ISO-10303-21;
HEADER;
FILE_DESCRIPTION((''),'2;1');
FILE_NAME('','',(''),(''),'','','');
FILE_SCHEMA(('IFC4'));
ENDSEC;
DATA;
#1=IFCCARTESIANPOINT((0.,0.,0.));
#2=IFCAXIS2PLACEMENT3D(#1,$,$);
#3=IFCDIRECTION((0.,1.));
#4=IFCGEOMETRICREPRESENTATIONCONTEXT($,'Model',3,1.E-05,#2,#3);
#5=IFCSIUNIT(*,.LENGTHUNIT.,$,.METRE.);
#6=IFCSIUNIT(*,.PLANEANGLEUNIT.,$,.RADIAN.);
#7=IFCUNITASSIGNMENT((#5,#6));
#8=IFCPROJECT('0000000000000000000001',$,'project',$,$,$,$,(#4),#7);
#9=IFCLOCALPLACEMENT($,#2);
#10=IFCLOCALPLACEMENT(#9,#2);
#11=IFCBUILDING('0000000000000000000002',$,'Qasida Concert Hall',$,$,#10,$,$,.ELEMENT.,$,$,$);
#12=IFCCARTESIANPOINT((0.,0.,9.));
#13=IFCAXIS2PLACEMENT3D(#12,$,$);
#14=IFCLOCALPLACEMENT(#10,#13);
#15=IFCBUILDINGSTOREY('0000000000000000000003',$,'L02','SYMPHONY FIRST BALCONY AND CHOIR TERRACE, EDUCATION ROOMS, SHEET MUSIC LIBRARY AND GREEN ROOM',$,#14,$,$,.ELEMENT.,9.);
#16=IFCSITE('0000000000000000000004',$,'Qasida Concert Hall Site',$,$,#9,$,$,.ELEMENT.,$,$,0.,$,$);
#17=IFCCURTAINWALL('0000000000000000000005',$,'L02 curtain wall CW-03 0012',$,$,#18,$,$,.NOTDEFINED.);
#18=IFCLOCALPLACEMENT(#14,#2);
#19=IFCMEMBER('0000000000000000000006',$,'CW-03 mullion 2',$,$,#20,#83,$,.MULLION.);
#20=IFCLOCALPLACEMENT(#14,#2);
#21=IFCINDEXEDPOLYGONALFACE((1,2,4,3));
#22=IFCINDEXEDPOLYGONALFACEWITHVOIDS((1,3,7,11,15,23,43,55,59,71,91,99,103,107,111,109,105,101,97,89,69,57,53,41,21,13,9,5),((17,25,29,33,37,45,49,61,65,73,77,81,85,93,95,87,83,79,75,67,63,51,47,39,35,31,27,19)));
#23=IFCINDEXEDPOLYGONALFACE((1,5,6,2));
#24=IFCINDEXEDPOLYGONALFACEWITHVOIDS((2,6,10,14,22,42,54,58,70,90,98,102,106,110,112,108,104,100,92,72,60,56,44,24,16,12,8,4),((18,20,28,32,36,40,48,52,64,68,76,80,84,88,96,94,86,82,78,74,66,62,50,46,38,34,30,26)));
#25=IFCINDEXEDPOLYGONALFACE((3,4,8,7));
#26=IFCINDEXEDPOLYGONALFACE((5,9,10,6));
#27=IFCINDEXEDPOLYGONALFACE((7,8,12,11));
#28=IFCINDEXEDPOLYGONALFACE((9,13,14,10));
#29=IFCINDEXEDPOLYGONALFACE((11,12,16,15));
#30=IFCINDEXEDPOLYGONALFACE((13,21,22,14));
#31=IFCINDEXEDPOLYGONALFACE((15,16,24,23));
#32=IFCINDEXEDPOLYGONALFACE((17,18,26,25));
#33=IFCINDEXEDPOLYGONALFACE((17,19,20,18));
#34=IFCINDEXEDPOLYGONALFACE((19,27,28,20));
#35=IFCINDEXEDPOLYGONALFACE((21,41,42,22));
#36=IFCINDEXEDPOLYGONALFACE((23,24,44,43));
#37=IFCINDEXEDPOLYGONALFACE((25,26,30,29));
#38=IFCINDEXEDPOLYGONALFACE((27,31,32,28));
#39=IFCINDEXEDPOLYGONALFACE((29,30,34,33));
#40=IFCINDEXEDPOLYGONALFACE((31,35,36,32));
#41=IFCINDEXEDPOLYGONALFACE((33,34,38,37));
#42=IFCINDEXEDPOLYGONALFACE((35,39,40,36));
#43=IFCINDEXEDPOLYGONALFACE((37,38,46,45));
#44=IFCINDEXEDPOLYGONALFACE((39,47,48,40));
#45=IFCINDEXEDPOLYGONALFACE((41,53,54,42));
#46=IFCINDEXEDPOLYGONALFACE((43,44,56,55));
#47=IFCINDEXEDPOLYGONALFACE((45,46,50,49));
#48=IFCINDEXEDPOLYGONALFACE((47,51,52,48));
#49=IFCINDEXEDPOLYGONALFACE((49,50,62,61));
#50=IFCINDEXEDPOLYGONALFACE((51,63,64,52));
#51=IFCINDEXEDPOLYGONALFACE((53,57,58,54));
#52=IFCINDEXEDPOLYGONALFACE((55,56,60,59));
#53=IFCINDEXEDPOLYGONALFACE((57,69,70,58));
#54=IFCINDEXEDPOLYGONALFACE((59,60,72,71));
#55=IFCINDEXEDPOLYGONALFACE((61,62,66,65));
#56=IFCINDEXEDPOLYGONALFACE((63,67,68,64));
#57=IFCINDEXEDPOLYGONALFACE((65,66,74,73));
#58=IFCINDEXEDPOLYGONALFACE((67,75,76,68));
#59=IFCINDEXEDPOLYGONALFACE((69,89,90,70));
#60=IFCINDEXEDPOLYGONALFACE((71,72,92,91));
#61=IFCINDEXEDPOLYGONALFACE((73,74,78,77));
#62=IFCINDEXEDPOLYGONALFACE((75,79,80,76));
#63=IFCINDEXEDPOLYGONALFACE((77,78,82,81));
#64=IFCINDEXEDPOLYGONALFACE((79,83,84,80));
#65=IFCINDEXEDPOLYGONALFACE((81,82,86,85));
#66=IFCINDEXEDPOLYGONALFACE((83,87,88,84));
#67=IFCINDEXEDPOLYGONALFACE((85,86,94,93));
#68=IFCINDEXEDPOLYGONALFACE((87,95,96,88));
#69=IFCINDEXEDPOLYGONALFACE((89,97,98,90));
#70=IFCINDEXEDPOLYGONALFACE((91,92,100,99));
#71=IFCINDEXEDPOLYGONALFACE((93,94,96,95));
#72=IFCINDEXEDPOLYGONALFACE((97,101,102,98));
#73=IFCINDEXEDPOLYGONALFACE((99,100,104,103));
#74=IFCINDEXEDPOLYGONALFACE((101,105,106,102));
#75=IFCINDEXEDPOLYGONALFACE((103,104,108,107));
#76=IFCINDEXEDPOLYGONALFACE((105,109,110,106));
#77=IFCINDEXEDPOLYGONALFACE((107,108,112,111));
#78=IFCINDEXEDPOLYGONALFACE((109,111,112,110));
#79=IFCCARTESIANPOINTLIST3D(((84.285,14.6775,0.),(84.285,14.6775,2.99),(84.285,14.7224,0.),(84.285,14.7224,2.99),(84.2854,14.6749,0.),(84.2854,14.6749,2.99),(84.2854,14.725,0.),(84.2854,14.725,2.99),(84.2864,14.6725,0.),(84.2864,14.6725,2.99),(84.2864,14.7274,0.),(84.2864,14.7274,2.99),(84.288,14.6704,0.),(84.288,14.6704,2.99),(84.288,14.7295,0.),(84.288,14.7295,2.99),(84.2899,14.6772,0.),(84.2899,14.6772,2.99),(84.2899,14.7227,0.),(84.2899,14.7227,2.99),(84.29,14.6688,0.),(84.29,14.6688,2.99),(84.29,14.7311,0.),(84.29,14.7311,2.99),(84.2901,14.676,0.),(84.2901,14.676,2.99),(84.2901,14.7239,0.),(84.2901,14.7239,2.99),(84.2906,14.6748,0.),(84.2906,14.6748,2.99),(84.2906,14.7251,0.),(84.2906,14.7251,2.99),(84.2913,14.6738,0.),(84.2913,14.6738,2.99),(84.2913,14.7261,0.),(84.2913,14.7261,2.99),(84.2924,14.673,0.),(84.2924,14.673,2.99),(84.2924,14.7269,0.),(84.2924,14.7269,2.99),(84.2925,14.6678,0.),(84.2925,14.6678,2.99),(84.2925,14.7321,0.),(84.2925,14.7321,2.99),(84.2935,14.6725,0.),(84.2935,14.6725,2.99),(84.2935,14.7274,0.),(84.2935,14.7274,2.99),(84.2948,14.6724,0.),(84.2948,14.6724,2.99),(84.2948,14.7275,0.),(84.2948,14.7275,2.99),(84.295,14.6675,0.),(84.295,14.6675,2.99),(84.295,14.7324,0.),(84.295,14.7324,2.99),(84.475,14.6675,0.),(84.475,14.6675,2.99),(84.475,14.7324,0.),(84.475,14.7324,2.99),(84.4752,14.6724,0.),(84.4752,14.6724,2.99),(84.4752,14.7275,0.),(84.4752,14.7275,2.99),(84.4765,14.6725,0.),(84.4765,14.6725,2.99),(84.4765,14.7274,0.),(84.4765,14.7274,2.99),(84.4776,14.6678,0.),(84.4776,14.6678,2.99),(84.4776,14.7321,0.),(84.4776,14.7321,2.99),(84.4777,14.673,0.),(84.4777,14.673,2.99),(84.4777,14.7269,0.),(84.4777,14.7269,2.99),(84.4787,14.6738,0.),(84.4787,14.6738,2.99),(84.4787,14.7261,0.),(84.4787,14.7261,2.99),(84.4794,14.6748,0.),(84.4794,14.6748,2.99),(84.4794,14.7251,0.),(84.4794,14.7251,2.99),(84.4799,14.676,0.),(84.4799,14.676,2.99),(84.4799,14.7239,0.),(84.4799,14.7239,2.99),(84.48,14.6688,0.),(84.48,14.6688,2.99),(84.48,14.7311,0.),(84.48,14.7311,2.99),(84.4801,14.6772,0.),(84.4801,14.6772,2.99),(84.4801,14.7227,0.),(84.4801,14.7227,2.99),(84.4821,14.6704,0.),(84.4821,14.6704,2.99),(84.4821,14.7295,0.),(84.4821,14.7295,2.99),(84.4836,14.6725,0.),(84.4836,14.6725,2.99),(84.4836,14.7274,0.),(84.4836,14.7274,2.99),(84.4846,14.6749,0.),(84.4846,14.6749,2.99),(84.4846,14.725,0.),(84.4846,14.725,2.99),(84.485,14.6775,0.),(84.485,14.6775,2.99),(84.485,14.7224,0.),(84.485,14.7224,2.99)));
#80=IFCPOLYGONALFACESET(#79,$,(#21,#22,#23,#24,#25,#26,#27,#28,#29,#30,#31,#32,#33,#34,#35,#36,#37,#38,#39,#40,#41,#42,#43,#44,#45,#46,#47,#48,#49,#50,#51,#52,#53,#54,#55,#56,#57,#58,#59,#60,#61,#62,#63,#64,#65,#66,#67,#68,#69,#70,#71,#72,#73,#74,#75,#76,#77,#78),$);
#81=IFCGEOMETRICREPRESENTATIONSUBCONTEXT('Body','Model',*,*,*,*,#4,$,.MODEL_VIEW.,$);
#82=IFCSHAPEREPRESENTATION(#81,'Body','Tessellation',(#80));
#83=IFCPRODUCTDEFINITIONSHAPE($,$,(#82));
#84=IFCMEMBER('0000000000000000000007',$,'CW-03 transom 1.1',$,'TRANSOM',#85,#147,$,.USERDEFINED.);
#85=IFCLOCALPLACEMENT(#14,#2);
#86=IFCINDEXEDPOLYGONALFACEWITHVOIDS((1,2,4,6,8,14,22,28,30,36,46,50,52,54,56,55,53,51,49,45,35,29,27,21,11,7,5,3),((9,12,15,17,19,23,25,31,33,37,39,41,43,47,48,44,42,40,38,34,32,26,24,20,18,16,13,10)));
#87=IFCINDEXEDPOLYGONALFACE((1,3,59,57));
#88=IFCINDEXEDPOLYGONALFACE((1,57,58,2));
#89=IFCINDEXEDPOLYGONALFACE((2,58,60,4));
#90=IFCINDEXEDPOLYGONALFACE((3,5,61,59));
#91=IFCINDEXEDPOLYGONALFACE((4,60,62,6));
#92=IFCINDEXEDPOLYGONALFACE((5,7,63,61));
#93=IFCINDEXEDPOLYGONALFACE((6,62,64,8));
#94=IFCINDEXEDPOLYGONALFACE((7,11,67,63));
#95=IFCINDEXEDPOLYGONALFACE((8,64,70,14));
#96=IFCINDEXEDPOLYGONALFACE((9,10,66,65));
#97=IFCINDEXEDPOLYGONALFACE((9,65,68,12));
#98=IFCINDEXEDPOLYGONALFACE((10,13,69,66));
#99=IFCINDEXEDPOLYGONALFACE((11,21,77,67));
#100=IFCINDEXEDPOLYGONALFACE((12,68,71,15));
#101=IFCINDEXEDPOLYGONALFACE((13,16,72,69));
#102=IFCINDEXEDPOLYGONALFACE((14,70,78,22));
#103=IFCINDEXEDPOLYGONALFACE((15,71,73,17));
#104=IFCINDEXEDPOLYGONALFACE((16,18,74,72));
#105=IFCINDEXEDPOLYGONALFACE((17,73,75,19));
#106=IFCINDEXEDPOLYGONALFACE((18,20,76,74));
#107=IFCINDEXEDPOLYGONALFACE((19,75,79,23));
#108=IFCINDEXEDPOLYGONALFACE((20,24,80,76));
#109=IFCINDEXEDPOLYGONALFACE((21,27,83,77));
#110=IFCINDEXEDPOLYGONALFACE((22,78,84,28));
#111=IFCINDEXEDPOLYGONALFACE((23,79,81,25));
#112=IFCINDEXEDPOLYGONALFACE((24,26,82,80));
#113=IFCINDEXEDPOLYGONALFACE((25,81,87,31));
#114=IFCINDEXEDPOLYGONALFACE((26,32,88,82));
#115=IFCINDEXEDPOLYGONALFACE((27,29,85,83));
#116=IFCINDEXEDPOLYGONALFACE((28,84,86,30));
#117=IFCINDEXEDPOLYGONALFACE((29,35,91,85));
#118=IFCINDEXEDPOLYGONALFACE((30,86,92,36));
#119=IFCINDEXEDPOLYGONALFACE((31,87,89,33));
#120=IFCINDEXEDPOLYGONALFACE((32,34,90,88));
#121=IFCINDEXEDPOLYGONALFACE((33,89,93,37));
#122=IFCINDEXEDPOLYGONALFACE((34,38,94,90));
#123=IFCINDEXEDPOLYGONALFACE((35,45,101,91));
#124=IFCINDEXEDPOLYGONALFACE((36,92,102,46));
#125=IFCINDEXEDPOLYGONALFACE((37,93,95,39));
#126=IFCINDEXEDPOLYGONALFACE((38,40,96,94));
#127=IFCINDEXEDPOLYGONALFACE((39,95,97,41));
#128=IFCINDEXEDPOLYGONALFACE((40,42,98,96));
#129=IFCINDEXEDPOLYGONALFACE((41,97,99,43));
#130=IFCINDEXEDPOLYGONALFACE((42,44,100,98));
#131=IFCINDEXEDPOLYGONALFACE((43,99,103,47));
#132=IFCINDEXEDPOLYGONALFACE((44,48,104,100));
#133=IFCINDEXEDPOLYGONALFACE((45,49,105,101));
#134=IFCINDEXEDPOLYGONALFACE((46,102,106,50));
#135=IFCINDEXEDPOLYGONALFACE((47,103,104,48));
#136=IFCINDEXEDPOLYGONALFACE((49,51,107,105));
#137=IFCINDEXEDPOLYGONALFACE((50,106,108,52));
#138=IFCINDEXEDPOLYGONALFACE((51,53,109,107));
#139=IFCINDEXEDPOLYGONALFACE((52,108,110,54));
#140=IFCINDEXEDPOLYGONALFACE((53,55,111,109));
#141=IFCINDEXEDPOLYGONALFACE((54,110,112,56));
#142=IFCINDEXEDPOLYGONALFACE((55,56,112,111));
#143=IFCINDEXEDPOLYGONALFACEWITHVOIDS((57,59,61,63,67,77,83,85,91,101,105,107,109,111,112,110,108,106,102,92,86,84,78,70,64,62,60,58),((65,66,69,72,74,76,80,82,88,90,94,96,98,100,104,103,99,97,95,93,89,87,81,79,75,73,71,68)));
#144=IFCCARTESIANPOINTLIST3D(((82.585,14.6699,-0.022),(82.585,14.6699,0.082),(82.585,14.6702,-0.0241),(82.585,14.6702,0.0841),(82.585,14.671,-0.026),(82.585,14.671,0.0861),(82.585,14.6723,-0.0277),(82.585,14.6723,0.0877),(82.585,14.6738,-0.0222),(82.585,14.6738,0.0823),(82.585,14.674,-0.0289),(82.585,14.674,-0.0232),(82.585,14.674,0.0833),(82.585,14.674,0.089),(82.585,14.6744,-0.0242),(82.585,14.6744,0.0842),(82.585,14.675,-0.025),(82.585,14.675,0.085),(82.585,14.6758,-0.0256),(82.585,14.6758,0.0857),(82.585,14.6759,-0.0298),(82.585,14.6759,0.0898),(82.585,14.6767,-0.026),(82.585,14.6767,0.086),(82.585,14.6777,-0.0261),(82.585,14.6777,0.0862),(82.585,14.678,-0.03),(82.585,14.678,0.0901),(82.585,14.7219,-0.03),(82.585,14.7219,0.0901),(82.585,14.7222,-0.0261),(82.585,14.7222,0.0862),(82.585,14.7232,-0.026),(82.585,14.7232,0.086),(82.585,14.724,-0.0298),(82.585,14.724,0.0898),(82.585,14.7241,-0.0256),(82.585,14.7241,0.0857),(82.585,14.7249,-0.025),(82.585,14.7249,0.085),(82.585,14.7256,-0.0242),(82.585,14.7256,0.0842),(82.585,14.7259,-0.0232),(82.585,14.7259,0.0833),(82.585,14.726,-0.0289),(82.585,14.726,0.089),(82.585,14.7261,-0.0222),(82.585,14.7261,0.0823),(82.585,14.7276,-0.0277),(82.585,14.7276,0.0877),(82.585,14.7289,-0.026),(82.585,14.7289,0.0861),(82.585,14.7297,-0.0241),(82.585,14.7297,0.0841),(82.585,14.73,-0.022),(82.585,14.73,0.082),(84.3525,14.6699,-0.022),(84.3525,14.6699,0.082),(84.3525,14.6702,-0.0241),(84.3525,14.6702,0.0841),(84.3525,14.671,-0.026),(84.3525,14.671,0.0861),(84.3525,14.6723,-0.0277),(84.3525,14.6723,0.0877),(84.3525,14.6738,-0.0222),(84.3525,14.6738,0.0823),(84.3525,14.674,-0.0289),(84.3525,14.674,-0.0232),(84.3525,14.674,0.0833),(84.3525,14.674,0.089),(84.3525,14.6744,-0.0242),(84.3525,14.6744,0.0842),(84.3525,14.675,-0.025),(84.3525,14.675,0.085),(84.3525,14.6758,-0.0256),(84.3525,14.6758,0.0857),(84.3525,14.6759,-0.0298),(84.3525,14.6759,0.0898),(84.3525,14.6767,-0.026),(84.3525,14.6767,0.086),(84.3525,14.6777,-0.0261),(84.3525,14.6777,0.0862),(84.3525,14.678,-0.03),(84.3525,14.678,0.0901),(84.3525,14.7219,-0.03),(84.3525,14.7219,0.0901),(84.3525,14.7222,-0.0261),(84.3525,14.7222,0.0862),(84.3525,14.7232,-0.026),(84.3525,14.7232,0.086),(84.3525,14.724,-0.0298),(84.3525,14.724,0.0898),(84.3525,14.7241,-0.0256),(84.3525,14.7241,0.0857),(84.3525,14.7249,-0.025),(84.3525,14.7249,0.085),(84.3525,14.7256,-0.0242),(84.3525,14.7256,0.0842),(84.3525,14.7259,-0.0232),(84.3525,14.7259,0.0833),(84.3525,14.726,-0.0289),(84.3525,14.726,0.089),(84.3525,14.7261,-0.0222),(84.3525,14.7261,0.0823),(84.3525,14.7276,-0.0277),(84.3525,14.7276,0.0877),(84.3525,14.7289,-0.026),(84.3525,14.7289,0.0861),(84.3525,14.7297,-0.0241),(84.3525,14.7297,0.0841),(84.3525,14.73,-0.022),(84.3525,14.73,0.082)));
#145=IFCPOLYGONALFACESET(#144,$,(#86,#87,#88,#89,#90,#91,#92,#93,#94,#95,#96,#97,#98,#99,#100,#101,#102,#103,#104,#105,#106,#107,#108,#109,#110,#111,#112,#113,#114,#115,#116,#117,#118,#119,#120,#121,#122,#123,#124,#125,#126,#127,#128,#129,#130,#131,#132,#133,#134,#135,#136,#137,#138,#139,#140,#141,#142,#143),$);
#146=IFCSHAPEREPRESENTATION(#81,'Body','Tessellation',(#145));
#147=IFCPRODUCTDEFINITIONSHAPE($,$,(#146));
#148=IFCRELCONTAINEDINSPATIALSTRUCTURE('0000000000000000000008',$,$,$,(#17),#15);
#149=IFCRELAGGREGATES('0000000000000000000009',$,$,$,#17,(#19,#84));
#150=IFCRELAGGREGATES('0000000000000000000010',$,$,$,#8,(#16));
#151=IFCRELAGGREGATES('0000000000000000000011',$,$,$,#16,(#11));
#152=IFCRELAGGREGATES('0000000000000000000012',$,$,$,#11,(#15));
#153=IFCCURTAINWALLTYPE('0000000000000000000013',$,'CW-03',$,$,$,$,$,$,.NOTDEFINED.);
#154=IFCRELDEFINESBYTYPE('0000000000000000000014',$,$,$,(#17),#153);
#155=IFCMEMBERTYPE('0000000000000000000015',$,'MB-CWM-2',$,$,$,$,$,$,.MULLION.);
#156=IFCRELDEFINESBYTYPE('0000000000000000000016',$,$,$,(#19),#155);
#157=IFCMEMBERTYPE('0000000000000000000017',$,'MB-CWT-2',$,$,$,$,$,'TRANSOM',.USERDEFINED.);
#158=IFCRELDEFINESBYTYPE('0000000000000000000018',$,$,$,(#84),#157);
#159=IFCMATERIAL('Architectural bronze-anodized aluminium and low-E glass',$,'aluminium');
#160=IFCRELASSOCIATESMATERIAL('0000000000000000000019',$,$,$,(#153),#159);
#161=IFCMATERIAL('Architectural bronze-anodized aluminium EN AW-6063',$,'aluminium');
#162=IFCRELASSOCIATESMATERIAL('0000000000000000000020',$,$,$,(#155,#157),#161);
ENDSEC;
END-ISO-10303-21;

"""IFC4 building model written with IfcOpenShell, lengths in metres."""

from ifc_helpers import new_model, si_unit, direction, frame, origin, origin_2d, place, context, subcontext, project, spatial, hollow_rectangle, extrude, material, material_profile, profile_set, type_object, element, aggregate, save


model = new_model("IFC4")

# Units and contexts
model_context = context("Model", 3, precision=1e-05, world=origin(), true_north=direction((0.0, 1.0)))
body_context = subcontext(model_context, "Body", "Model", "MODEL_VIEW")
ifc_project = project(units=[si_unit("LENGTHUNIT", "METRE"), si_unit("PLANEANGLEUNIT", "RADIAN")], contexts=[model_context])

# Site, building, storey
site_placement = place(None, origin())
site = spatial("IfcSite", under=ifc_project, at=site_placement, Name="Qasida Concert Hall Site", CompositionType="ELEMENT", RefElevation=0.0)
building_placement = place(site_placement, origin())
building = spatial("IfcBuilding", under=site, at=building_placement, Name="Qasida Concert Hall", CompositionType="ELEMENT")
storey_placement = place(building_placement, frame((0.0, 0.0, 9.0)))
storey = spatial("IfcBuildingStorey", under=building, at=storey_placement, Name="L02", Description="SYMPHONY FIRST BALCONY AND CHOIR TERRACE, EDUCATION ROOMS, SHEET MUSIC LIBRARY AND GREEN ROOM", CompositionType="ELEMENT", Elevation=9.0)

# Shared definitions
ifc_material_1 = material(Name="Architectural bronze-anodized aluminium and low-E glass", Category="aluminium")
curtain_wall_type = type_object("IfcCurtainWallType", Name="CW-03", PredefinedType="NOTDEFINED", material=ifc_material_1)
ifc_material_2 = material(Name="Architectural bronze-anodized aluminium EN AW-6063", Category="aluminium")
ifc_material_profile_1 = material_profile(ifc_material_2, hollow_rectangle(XDim=0.0649, YDim=0.2, WallThickness=0.0049, InnerFilletRadius=0.0049, OuterFilletRadius=0.01, at=origin_2d()), Name="CWM 200x65x5")
ifc_profile_set_1 = profile_set([ifc_material_profile_1], Name="Architectural bronze-anodized aluminium EN AW-6063")
member_type_1 = type_object("IfcMemberType", Name="MB-CWM-2", PredefinedType="MULLION", material=ifc_profile_set_1)

# Curtain wall, members
curtain_wall_1_placement = place(storey_placement, origin())
curtain_wall_1 = element("IfcCurtainWall", 1, at=curtain_wall_1_placement, inside=storey, type_object=curtain_wall_type, Name="L02 curtain wall CW-03 0012", PredefinedType="NOTDEFINED")
member_1_placement = place(storey_placement, frame((84.385, 14.7, 0.0), z_axis=(0.0, 0.0, 1.0), x_axis=(0.0, 1.0, 0.0)))
member_1 = element("IfcMember", 2, at=member_1_placement, type_object=member_type_1, Name="CW-03 mullion 2", PredefinedType="MULLION", context=body_context, shape_type="SweptSolid", body=[
    extrude(hollow_rectangle(XDim=0.0649, YDim=0.2, WallThickness=0.0049, InnerFilletRadius=0.0049, OuterFilletRadius=0.01, at=origin_2d()), origin(), (0.0, 0.0, 1.0), 2.99),
])
ifc_material_profile_2 = material_profile(ifc_material_2, hollow_rectangle(XDim=0.0601, YDim=0.1201, WallThickness=0.0039, InnerFilletRadius=0.0039, OuterFilletRadius=0.0081, at=origin_2d()), Name="CWT 120x60x4")
ifc_profile_set_2 = profile_set([ifc_material_profile_2], Name="Architectural bronze-anodized aluminium EN AW-6063")
member_type_2 = type_object("IfcMemberType", Name="MB-CWT-2", ElementType="TRANSOM", PredefinedType="USERDEFINED", material=ifc_profile_set_2)
member_2_placement = place(storey_placement, frame((82.585, 14.7, 0.03), z_axis=(1.0, 0.0, 0.0), x_axis=(0.0, 1.0, 0.0)))
member_2 = element("IfcMember", 3, at=member_2_placement, type_object=member_type_2, Name="CW-03 transom 1.1", ObjectType="TRANSOM", PredefinedType="USERDEFINED", context=body_context, shape_type="SweptSolid", body=[
    extrude(hollow_rectangle(XDim=0.0601, YDim=0.1201, WallThickness=0.0039, InnerFilletRadius=0.0039, OuterFilletRadius=0.0081, at=origin_2d()), origin(), (0.0, 0.0, 1.0), 1.7676),
])

aggregate(curtain_wall_1, [member_1, member_2])

save(model, "model.ifc")
